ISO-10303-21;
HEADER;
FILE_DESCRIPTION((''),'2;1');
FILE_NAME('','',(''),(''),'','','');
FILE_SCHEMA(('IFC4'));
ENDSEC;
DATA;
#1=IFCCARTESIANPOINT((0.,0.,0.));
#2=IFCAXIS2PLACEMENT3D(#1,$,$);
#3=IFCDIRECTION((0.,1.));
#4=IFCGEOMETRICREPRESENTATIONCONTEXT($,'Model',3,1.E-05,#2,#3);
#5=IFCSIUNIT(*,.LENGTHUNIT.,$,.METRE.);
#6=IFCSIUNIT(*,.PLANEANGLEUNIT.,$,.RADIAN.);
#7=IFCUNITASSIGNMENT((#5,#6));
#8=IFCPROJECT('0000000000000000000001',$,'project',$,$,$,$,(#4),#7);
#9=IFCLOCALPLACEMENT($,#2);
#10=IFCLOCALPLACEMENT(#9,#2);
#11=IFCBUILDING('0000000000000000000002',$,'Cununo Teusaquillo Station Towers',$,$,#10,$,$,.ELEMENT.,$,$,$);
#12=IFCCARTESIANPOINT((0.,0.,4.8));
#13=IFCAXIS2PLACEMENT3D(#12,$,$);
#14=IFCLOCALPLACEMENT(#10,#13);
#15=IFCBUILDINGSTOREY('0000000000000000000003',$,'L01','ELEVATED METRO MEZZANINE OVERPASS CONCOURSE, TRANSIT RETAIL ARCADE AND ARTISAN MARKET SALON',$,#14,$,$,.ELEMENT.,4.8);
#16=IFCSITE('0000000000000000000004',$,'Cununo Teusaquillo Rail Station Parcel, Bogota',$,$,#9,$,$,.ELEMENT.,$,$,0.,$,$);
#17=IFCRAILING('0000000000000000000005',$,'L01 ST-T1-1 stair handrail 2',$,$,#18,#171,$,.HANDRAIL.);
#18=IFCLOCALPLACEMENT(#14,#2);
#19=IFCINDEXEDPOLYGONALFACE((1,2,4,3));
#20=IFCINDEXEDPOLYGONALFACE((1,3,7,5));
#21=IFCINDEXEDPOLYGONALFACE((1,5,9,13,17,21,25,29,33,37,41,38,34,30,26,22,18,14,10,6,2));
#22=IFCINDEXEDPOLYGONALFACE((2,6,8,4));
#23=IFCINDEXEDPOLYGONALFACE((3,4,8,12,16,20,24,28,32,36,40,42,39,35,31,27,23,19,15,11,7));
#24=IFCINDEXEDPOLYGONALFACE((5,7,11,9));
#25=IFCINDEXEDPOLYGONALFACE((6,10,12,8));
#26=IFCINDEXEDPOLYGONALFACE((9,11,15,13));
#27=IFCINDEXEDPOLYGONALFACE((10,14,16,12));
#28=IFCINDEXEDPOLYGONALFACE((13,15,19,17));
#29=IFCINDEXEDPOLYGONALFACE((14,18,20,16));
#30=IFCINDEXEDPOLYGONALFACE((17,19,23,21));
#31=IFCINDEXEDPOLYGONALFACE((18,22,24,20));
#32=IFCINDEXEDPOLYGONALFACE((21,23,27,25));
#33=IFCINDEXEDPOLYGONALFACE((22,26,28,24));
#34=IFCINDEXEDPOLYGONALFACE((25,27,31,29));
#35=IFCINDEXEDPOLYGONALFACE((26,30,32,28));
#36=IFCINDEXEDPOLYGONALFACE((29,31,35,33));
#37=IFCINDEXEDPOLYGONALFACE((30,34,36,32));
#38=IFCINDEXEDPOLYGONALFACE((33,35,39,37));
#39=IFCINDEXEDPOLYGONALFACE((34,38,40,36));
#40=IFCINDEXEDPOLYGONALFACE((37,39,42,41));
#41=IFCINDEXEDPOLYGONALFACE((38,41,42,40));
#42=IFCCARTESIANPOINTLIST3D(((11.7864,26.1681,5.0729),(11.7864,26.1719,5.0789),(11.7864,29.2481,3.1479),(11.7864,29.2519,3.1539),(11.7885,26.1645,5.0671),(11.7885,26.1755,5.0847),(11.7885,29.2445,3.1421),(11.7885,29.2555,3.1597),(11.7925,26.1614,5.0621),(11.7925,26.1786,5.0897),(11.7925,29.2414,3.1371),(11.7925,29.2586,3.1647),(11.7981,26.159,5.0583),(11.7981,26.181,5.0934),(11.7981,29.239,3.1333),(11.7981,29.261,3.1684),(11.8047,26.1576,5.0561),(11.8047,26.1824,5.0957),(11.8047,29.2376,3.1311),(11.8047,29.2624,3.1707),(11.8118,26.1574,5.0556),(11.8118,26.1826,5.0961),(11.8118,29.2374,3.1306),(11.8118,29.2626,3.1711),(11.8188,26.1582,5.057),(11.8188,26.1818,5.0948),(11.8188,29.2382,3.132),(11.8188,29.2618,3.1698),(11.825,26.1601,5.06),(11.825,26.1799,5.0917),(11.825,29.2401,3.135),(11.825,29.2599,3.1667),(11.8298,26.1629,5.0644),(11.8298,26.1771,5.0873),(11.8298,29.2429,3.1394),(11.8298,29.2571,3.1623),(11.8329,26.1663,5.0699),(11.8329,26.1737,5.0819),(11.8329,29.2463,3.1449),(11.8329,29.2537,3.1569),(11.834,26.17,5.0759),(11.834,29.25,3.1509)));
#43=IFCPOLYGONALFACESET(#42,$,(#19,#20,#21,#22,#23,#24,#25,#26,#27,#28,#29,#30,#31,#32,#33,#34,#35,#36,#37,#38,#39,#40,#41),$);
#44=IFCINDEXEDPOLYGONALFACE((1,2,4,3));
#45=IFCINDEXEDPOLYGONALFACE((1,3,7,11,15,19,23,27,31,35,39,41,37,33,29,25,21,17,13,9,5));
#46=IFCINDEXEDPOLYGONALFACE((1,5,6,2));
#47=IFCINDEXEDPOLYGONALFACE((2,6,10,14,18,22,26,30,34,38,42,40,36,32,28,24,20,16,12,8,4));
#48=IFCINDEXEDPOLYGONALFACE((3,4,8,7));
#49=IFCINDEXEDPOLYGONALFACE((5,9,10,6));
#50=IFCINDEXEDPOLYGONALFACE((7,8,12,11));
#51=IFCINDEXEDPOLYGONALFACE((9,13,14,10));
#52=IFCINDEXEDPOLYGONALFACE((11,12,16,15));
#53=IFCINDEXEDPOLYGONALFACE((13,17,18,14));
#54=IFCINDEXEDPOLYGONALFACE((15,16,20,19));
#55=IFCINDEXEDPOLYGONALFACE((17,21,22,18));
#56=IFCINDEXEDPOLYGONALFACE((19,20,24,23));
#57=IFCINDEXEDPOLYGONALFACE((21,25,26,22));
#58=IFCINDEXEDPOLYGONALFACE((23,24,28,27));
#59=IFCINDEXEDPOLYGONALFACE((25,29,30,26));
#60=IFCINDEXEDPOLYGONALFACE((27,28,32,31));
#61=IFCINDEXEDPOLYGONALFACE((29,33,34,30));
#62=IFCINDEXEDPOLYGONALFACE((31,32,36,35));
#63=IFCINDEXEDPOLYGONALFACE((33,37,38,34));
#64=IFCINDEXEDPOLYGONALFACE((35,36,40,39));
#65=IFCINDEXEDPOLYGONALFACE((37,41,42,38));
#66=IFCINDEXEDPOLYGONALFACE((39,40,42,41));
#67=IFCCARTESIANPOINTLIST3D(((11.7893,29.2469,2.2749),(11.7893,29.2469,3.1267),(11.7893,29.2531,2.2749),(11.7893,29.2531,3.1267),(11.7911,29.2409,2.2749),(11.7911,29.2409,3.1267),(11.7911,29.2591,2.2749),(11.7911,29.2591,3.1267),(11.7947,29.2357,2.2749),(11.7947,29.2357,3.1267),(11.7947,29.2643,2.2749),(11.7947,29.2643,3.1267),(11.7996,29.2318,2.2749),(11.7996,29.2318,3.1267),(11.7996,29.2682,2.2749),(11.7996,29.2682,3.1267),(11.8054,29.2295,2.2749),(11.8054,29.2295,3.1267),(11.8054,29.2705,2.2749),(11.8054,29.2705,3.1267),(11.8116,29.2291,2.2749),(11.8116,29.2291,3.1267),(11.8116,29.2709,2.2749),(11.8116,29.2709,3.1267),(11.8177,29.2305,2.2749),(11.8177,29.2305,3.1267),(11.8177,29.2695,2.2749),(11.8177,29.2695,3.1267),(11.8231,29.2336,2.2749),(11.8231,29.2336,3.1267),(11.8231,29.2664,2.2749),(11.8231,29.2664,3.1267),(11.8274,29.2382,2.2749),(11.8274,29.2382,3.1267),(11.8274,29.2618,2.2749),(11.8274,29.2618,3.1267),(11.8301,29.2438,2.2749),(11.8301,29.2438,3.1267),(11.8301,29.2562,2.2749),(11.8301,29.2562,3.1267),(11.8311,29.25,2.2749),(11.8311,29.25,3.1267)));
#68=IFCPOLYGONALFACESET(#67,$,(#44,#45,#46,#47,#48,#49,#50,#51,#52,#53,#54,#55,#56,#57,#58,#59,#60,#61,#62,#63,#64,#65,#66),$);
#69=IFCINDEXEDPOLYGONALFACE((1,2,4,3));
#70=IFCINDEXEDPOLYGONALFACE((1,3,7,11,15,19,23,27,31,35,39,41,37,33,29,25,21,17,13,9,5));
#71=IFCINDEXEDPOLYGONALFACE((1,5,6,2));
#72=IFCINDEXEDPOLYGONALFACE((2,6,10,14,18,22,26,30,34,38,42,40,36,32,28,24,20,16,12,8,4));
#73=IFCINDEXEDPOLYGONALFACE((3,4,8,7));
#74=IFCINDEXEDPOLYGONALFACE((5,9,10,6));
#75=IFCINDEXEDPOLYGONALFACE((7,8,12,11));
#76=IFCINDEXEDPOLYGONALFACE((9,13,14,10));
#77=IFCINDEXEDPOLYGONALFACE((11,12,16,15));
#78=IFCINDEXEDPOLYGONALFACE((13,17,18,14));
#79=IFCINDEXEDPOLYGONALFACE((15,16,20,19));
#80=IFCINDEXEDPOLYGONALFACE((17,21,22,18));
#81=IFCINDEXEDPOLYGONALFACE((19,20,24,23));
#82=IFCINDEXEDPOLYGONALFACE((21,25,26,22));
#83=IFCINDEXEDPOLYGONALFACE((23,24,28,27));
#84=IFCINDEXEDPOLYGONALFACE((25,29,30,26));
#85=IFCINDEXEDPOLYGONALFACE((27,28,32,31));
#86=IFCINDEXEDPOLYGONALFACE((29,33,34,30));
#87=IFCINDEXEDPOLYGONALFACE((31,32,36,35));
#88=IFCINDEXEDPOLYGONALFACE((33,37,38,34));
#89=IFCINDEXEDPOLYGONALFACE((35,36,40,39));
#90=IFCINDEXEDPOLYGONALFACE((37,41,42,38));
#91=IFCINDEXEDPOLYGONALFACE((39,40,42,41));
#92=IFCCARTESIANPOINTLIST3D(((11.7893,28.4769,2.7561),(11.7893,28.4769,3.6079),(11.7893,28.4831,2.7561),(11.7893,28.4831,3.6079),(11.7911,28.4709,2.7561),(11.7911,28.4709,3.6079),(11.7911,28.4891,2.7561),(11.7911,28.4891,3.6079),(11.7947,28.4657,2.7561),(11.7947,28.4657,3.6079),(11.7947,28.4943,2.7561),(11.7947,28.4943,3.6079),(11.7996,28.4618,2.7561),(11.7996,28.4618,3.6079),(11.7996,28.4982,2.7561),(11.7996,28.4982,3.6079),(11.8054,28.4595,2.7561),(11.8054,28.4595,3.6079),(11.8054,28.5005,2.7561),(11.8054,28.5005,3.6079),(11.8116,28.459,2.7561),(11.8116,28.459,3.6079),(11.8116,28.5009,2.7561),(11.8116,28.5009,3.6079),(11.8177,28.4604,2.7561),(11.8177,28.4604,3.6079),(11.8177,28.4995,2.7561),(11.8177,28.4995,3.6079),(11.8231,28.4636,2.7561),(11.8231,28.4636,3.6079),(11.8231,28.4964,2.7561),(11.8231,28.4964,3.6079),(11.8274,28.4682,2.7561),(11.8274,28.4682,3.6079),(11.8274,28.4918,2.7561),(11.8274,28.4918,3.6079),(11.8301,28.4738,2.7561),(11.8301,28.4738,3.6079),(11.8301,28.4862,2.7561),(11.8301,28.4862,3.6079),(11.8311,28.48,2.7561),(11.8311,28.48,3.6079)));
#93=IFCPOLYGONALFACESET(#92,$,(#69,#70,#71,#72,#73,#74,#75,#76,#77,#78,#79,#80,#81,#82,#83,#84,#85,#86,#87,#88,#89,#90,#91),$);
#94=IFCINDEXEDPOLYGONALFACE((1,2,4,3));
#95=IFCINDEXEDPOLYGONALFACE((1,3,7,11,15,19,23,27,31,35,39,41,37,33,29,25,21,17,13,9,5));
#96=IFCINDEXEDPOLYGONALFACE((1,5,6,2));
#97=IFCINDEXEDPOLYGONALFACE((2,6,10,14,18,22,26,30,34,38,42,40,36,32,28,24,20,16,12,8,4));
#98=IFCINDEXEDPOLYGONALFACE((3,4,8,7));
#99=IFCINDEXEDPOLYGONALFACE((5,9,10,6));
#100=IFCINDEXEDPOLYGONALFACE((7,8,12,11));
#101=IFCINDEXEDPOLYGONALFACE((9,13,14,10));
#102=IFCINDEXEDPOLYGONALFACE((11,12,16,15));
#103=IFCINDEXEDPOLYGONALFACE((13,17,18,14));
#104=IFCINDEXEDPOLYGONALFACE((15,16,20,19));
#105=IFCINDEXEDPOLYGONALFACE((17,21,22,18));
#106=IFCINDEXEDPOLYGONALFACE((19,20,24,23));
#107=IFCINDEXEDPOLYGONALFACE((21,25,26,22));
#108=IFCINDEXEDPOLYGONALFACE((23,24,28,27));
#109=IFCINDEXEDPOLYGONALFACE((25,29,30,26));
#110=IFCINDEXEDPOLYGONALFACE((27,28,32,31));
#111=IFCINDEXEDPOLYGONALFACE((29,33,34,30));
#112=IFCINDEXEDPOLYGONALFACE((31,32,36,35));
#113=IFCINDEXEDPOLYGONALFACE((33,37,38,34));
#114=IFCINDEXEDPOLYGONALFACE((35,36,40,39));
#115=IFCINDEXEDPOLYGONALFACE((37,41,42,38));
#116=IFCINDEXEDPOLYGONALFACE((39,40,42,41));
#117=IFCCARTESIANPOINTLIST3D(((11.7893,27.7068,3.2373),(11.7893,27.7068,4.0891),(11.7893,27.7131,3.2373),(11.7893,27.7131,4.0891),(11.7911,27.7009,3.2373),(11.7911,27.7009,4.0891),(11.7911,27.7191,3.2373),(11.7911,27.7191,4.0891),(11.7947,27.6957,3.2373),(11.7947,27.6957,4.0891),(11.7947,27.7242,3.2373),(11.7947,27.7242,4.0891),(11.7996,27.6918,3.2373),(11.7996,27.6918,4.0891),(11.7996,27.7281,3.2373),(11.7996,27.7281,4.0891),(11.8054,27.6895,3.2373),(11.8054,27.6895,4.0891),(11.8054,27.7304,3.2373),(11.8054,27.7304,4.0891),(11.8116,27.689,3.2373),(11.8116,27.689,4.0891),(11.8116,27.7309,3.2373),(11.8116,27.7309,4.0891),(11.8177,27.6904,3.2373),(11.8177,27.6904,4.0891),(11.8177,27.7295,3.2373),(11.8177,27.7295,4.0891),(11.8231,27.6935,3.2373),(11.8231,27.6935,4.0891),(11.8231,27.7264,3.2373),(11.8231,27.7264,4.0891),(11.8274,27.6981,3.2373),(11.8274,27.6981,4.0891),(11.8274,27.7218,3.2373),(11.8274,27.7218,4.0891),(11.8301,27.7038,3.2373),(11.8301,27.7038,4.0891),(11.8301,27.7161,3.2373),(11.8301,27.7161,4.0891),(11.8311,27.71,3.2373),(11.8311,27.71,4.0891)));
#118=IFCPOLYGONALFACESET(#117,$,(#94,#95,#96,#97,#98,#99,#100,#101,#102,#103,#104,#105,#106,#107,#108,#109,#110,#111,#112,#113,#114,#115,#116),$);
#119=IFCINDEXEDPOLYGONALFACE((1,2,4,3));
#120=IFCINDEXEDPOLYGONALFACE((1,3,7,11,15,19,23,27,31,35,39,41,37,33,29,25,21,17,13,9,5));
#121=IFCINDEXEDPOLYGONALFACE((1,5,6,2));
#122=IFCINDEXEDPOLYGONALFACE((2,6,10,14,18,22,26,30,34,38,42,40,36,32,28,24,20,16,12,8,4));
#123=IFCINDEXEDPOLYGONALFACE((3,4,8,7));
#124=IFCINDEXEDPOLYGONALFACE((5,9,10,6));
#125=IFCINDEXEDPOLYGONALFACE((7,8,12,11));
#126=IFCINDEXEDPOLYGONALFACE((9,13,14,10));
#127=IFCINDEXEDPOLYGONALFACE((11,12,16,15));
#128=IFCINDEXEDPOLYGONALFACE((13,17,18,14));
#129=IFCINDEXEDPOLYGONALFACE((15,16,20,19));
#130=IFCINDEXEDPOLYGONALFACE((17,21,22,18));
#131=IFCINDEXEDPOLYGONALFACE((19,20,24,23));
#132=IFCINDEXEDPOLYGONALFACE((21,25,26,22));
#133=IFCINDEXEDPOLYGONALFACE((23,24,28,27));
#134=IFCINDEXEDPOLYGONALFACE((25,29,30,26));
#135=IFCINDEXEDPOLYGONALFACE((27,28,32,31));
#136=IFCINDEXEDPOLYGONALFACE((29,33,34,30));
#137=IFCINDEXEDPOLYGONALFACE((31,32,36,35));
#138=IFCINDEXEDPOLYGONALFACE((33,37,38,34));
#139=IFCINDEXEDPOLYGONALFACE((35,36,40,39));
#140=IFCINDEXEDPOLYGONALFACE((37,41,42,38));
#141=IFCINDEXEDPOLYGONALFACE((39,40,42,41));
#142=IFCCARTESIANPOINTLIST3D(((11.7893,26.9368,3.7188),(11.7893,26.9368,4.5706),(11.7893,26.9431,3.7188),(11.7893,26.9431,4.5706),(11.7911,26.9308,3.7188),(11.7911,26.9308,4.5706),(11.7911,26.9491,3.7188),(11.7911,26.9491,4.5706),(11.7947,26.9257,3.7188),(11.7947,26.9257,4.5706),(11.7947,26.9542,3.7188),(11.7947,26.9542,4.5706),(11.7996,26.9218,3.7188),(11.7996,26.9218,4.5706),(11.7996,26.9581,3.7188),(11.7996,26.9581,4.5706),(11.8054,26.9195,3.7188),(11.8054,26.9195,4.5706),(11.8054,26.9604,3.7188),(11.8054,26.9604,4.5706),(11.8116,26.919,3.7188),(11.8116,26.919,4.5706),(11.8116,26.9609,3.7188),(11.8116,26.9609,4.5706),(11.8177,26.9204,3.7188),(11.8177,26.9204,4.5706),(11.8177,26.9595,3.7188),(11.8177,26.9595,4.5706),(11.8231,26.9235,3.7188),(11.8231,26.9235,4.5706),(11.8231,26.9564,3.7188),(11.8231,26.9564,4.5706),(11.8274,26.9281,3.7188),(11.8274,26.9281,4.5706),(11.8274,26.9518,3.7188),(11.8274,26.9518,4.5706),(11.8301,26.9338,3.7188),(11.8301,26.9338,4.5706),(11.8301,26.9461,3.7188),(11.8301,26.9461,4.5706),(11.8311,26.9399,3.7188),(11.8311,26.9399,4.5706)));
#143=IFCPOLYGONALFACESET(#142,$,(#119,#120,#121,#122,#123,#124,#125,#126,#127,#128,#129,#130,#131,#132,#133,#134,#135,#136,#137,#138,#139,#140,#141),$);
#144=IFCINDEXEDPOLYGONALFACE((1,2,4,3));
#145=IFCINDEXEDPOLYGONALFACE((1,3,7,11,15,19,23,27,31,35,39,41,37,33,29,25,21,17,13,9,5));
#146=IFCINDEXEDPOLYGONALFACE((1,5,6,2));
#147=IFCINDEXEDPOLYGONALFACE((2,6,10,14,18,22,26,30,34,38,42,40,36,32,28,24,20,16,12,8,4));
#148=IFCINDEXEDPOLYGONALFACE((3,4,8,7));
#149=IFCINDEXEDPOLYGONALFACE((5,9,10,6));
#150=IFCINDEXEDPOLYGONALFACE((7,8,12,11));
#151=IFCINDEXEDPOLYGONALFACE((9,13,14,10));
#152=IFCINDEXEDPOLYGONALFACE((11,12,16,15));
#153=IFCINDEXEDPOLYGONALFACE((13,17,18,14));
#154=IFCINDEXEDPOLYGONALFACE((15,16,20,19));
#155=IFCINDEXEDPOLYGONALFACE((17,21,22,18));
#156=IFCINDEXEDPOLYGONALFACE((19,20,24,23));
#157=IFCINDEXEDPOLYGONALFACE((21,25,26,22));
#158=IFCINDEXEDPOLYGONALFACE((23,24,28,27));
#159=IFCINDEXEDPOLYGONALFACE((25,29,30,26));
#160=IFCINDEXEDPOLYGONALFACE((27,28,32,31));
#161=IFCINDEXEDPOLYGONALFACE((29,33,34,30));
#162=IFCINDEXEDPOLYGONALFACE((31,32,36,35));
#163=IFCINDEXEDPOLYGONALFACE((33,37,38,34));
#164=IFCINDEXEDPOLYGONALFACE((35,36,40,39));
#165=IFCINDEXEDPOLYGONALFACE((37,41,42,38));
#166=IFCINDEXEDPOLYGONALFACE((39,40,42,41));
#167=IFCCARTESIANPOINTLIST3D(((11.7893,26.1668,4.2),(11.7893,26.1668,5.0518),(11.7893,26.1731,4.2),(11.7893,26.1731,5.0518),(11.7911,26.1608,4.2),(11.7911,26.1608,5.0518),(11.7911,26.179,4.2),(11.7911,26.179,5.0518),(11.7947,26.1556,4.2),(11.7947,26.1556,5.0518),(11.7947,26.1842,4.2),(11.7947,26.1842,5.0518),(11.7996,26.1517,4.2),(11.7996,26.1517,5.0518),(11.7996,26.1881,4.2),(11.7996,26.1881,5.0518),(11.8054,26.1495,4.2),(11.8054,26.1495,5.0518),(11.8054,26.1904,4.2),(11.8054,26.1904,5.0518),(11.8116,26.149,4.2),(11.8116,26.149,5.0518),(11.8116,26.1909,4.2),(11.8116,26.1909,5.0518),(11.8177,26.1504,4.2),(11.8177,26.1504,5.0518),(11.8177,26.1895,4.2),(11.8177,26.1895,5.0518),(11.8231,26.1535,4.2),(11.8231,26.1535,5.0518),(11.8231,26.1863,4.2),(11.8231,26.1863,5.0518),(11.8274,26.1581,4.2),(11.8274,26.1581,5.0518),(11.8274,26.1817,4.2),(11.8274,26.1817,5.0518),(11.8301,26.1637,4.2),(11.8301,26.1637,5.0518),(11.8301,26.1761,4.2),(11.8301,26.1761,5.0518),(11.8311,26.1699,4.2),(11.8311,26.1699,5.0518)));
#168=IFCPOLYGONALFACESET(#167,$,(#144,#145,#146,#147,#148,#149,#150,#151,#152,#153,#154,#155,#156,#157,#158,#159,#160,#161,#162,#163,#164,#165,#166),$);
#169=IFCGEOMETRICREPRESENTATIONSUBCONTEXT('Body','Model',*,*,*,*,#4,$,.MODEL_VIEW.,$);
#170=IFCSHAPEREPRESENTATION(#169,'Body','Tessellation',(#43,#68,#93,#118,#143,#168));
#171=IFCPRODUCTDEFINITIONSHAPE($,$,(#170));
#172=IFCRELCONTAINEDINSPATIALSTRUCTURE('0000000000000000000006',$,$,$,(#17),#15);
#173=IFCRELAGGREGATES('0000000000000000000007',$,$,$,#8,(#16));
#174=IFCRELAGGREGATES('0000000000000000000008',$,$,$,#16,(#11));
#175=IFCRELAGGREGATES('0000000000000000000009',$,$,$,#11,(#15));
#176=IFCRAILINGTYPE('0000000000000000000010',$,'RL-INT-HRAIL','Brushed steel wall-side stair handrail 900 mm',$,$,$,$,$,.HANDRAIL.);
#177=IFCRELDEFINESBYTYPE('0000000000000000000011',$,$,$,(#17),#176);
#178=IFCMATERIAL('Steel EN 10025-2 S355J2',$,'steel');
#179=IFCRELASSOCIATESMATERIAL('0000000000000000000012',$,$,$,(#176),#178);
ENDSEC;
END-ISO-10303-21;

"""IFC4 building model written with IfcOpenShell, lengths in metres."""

from ifc_helpers import new_model, si_unit, direction, frame, origin, origin_2d, place, context, subcontext, project, spatial, circle, extrude, material, type_object, element, save


model = new_model("IFC4")

# Units and contexts
model_context = context("Model", 3, precision=1e-05, world=origin(), true_north=direction((0.0, 1.0)))
body_context = subcontext(model_context, "Body", "Model", "MODEL_VIEW")
ifc_project = project(units=[si_unit("LENGTHUNIT", "METRE"), si_unit("PLANEANGLEUNIT", "RADIAN")], contexts=[model_context])

# Site, building, storey
site_placement = place(None, origin())
site = spatial("IfcSite", under=ifc_project, at=site_placement, Name="Cununo Teusaquillo Rail Station Parcel, Bogota", CompositionType="ELEMENT", RefElevation=0.0)
building_placement = place(site_placement, origin())
building = spatial("IfcBuilding", under=site, at=building_placement, Name="Cununo Teusaquillo Station Towers", CompositionType="ELEMENT")
storey_placement = place(building_placement, frame((0.0, 0.0, 4.8)))
storey = spatial("IfcBuildingStorey", under=building, at=storey_placement, Name="L01", Description="ELEVATED METRO MEZZANINE OVERPASS CONCOURSE, TRANSIT RETAIL ARCADE AND ARTISAN MARKET SALON", CompositionType="ELEMENT", Elevation=4.8)

# Railing
ifc_material_1 = material(Name="Steel EN 10025-2 S355J2", Category="steel")
railing_type_1 = type_object("IfcRailingType", Name="RL-INT-HRAIL", Description="Brushed steel wall-side stair handrail 900 mm", PredefinedType="HANDRAIL", material=ifc_material_1)
railing_1_placement = place(storey_placement, frame((11.8101, 29.25, 2.2749)))
element("IfcRailing", 1, at=railing_1_placement, inside=storey, type_object=railing_type_1, Name="L01 ST-T1-1 stair handrail 2", PredefinedType="HANDRAIL", context=body_context, shape_type="SweptSolid", body=[
    extrude(circle(Radius=0.0239, at=origin_2d()), frame((0.0, 0.0, 0.876), z_axis=(0.0, -0.847998, 0.529999), x_axis=(1.0, 0.0, 0.0)), (0.0, 0.0, 1.0), 3.6321),
    extrude(circle(Radius=0.021, at=origin_2d()), origin(), (0.0, 0.0, 1.0), 0.8518),
    extrude(circle(Radius=0.021, at=origin_2d()), frame((0.0, -0.77, 0.4812)), (0.0, 0.0, 1.0), 0.8518),
    extrude(circle(Radius=0.021, at=origin_2d()), frame((0.0, -1.54, 0.9624)), (0.0, 0.0, 1.0), 0.8518),
    extrude(circle(Radius=0.021, at=origin_2d()), frame((0.0, -2.3101, 1.4438)), (0.0, 0.0, 1.0), 0.8518),
    extrude(circle(Radius=0.021, at=origin_2d()), frame((0.0, -3.0801, 1.925)), (0.0, 0.0, 1.0), 0.8518),
])

save(model, "model.ifc")
